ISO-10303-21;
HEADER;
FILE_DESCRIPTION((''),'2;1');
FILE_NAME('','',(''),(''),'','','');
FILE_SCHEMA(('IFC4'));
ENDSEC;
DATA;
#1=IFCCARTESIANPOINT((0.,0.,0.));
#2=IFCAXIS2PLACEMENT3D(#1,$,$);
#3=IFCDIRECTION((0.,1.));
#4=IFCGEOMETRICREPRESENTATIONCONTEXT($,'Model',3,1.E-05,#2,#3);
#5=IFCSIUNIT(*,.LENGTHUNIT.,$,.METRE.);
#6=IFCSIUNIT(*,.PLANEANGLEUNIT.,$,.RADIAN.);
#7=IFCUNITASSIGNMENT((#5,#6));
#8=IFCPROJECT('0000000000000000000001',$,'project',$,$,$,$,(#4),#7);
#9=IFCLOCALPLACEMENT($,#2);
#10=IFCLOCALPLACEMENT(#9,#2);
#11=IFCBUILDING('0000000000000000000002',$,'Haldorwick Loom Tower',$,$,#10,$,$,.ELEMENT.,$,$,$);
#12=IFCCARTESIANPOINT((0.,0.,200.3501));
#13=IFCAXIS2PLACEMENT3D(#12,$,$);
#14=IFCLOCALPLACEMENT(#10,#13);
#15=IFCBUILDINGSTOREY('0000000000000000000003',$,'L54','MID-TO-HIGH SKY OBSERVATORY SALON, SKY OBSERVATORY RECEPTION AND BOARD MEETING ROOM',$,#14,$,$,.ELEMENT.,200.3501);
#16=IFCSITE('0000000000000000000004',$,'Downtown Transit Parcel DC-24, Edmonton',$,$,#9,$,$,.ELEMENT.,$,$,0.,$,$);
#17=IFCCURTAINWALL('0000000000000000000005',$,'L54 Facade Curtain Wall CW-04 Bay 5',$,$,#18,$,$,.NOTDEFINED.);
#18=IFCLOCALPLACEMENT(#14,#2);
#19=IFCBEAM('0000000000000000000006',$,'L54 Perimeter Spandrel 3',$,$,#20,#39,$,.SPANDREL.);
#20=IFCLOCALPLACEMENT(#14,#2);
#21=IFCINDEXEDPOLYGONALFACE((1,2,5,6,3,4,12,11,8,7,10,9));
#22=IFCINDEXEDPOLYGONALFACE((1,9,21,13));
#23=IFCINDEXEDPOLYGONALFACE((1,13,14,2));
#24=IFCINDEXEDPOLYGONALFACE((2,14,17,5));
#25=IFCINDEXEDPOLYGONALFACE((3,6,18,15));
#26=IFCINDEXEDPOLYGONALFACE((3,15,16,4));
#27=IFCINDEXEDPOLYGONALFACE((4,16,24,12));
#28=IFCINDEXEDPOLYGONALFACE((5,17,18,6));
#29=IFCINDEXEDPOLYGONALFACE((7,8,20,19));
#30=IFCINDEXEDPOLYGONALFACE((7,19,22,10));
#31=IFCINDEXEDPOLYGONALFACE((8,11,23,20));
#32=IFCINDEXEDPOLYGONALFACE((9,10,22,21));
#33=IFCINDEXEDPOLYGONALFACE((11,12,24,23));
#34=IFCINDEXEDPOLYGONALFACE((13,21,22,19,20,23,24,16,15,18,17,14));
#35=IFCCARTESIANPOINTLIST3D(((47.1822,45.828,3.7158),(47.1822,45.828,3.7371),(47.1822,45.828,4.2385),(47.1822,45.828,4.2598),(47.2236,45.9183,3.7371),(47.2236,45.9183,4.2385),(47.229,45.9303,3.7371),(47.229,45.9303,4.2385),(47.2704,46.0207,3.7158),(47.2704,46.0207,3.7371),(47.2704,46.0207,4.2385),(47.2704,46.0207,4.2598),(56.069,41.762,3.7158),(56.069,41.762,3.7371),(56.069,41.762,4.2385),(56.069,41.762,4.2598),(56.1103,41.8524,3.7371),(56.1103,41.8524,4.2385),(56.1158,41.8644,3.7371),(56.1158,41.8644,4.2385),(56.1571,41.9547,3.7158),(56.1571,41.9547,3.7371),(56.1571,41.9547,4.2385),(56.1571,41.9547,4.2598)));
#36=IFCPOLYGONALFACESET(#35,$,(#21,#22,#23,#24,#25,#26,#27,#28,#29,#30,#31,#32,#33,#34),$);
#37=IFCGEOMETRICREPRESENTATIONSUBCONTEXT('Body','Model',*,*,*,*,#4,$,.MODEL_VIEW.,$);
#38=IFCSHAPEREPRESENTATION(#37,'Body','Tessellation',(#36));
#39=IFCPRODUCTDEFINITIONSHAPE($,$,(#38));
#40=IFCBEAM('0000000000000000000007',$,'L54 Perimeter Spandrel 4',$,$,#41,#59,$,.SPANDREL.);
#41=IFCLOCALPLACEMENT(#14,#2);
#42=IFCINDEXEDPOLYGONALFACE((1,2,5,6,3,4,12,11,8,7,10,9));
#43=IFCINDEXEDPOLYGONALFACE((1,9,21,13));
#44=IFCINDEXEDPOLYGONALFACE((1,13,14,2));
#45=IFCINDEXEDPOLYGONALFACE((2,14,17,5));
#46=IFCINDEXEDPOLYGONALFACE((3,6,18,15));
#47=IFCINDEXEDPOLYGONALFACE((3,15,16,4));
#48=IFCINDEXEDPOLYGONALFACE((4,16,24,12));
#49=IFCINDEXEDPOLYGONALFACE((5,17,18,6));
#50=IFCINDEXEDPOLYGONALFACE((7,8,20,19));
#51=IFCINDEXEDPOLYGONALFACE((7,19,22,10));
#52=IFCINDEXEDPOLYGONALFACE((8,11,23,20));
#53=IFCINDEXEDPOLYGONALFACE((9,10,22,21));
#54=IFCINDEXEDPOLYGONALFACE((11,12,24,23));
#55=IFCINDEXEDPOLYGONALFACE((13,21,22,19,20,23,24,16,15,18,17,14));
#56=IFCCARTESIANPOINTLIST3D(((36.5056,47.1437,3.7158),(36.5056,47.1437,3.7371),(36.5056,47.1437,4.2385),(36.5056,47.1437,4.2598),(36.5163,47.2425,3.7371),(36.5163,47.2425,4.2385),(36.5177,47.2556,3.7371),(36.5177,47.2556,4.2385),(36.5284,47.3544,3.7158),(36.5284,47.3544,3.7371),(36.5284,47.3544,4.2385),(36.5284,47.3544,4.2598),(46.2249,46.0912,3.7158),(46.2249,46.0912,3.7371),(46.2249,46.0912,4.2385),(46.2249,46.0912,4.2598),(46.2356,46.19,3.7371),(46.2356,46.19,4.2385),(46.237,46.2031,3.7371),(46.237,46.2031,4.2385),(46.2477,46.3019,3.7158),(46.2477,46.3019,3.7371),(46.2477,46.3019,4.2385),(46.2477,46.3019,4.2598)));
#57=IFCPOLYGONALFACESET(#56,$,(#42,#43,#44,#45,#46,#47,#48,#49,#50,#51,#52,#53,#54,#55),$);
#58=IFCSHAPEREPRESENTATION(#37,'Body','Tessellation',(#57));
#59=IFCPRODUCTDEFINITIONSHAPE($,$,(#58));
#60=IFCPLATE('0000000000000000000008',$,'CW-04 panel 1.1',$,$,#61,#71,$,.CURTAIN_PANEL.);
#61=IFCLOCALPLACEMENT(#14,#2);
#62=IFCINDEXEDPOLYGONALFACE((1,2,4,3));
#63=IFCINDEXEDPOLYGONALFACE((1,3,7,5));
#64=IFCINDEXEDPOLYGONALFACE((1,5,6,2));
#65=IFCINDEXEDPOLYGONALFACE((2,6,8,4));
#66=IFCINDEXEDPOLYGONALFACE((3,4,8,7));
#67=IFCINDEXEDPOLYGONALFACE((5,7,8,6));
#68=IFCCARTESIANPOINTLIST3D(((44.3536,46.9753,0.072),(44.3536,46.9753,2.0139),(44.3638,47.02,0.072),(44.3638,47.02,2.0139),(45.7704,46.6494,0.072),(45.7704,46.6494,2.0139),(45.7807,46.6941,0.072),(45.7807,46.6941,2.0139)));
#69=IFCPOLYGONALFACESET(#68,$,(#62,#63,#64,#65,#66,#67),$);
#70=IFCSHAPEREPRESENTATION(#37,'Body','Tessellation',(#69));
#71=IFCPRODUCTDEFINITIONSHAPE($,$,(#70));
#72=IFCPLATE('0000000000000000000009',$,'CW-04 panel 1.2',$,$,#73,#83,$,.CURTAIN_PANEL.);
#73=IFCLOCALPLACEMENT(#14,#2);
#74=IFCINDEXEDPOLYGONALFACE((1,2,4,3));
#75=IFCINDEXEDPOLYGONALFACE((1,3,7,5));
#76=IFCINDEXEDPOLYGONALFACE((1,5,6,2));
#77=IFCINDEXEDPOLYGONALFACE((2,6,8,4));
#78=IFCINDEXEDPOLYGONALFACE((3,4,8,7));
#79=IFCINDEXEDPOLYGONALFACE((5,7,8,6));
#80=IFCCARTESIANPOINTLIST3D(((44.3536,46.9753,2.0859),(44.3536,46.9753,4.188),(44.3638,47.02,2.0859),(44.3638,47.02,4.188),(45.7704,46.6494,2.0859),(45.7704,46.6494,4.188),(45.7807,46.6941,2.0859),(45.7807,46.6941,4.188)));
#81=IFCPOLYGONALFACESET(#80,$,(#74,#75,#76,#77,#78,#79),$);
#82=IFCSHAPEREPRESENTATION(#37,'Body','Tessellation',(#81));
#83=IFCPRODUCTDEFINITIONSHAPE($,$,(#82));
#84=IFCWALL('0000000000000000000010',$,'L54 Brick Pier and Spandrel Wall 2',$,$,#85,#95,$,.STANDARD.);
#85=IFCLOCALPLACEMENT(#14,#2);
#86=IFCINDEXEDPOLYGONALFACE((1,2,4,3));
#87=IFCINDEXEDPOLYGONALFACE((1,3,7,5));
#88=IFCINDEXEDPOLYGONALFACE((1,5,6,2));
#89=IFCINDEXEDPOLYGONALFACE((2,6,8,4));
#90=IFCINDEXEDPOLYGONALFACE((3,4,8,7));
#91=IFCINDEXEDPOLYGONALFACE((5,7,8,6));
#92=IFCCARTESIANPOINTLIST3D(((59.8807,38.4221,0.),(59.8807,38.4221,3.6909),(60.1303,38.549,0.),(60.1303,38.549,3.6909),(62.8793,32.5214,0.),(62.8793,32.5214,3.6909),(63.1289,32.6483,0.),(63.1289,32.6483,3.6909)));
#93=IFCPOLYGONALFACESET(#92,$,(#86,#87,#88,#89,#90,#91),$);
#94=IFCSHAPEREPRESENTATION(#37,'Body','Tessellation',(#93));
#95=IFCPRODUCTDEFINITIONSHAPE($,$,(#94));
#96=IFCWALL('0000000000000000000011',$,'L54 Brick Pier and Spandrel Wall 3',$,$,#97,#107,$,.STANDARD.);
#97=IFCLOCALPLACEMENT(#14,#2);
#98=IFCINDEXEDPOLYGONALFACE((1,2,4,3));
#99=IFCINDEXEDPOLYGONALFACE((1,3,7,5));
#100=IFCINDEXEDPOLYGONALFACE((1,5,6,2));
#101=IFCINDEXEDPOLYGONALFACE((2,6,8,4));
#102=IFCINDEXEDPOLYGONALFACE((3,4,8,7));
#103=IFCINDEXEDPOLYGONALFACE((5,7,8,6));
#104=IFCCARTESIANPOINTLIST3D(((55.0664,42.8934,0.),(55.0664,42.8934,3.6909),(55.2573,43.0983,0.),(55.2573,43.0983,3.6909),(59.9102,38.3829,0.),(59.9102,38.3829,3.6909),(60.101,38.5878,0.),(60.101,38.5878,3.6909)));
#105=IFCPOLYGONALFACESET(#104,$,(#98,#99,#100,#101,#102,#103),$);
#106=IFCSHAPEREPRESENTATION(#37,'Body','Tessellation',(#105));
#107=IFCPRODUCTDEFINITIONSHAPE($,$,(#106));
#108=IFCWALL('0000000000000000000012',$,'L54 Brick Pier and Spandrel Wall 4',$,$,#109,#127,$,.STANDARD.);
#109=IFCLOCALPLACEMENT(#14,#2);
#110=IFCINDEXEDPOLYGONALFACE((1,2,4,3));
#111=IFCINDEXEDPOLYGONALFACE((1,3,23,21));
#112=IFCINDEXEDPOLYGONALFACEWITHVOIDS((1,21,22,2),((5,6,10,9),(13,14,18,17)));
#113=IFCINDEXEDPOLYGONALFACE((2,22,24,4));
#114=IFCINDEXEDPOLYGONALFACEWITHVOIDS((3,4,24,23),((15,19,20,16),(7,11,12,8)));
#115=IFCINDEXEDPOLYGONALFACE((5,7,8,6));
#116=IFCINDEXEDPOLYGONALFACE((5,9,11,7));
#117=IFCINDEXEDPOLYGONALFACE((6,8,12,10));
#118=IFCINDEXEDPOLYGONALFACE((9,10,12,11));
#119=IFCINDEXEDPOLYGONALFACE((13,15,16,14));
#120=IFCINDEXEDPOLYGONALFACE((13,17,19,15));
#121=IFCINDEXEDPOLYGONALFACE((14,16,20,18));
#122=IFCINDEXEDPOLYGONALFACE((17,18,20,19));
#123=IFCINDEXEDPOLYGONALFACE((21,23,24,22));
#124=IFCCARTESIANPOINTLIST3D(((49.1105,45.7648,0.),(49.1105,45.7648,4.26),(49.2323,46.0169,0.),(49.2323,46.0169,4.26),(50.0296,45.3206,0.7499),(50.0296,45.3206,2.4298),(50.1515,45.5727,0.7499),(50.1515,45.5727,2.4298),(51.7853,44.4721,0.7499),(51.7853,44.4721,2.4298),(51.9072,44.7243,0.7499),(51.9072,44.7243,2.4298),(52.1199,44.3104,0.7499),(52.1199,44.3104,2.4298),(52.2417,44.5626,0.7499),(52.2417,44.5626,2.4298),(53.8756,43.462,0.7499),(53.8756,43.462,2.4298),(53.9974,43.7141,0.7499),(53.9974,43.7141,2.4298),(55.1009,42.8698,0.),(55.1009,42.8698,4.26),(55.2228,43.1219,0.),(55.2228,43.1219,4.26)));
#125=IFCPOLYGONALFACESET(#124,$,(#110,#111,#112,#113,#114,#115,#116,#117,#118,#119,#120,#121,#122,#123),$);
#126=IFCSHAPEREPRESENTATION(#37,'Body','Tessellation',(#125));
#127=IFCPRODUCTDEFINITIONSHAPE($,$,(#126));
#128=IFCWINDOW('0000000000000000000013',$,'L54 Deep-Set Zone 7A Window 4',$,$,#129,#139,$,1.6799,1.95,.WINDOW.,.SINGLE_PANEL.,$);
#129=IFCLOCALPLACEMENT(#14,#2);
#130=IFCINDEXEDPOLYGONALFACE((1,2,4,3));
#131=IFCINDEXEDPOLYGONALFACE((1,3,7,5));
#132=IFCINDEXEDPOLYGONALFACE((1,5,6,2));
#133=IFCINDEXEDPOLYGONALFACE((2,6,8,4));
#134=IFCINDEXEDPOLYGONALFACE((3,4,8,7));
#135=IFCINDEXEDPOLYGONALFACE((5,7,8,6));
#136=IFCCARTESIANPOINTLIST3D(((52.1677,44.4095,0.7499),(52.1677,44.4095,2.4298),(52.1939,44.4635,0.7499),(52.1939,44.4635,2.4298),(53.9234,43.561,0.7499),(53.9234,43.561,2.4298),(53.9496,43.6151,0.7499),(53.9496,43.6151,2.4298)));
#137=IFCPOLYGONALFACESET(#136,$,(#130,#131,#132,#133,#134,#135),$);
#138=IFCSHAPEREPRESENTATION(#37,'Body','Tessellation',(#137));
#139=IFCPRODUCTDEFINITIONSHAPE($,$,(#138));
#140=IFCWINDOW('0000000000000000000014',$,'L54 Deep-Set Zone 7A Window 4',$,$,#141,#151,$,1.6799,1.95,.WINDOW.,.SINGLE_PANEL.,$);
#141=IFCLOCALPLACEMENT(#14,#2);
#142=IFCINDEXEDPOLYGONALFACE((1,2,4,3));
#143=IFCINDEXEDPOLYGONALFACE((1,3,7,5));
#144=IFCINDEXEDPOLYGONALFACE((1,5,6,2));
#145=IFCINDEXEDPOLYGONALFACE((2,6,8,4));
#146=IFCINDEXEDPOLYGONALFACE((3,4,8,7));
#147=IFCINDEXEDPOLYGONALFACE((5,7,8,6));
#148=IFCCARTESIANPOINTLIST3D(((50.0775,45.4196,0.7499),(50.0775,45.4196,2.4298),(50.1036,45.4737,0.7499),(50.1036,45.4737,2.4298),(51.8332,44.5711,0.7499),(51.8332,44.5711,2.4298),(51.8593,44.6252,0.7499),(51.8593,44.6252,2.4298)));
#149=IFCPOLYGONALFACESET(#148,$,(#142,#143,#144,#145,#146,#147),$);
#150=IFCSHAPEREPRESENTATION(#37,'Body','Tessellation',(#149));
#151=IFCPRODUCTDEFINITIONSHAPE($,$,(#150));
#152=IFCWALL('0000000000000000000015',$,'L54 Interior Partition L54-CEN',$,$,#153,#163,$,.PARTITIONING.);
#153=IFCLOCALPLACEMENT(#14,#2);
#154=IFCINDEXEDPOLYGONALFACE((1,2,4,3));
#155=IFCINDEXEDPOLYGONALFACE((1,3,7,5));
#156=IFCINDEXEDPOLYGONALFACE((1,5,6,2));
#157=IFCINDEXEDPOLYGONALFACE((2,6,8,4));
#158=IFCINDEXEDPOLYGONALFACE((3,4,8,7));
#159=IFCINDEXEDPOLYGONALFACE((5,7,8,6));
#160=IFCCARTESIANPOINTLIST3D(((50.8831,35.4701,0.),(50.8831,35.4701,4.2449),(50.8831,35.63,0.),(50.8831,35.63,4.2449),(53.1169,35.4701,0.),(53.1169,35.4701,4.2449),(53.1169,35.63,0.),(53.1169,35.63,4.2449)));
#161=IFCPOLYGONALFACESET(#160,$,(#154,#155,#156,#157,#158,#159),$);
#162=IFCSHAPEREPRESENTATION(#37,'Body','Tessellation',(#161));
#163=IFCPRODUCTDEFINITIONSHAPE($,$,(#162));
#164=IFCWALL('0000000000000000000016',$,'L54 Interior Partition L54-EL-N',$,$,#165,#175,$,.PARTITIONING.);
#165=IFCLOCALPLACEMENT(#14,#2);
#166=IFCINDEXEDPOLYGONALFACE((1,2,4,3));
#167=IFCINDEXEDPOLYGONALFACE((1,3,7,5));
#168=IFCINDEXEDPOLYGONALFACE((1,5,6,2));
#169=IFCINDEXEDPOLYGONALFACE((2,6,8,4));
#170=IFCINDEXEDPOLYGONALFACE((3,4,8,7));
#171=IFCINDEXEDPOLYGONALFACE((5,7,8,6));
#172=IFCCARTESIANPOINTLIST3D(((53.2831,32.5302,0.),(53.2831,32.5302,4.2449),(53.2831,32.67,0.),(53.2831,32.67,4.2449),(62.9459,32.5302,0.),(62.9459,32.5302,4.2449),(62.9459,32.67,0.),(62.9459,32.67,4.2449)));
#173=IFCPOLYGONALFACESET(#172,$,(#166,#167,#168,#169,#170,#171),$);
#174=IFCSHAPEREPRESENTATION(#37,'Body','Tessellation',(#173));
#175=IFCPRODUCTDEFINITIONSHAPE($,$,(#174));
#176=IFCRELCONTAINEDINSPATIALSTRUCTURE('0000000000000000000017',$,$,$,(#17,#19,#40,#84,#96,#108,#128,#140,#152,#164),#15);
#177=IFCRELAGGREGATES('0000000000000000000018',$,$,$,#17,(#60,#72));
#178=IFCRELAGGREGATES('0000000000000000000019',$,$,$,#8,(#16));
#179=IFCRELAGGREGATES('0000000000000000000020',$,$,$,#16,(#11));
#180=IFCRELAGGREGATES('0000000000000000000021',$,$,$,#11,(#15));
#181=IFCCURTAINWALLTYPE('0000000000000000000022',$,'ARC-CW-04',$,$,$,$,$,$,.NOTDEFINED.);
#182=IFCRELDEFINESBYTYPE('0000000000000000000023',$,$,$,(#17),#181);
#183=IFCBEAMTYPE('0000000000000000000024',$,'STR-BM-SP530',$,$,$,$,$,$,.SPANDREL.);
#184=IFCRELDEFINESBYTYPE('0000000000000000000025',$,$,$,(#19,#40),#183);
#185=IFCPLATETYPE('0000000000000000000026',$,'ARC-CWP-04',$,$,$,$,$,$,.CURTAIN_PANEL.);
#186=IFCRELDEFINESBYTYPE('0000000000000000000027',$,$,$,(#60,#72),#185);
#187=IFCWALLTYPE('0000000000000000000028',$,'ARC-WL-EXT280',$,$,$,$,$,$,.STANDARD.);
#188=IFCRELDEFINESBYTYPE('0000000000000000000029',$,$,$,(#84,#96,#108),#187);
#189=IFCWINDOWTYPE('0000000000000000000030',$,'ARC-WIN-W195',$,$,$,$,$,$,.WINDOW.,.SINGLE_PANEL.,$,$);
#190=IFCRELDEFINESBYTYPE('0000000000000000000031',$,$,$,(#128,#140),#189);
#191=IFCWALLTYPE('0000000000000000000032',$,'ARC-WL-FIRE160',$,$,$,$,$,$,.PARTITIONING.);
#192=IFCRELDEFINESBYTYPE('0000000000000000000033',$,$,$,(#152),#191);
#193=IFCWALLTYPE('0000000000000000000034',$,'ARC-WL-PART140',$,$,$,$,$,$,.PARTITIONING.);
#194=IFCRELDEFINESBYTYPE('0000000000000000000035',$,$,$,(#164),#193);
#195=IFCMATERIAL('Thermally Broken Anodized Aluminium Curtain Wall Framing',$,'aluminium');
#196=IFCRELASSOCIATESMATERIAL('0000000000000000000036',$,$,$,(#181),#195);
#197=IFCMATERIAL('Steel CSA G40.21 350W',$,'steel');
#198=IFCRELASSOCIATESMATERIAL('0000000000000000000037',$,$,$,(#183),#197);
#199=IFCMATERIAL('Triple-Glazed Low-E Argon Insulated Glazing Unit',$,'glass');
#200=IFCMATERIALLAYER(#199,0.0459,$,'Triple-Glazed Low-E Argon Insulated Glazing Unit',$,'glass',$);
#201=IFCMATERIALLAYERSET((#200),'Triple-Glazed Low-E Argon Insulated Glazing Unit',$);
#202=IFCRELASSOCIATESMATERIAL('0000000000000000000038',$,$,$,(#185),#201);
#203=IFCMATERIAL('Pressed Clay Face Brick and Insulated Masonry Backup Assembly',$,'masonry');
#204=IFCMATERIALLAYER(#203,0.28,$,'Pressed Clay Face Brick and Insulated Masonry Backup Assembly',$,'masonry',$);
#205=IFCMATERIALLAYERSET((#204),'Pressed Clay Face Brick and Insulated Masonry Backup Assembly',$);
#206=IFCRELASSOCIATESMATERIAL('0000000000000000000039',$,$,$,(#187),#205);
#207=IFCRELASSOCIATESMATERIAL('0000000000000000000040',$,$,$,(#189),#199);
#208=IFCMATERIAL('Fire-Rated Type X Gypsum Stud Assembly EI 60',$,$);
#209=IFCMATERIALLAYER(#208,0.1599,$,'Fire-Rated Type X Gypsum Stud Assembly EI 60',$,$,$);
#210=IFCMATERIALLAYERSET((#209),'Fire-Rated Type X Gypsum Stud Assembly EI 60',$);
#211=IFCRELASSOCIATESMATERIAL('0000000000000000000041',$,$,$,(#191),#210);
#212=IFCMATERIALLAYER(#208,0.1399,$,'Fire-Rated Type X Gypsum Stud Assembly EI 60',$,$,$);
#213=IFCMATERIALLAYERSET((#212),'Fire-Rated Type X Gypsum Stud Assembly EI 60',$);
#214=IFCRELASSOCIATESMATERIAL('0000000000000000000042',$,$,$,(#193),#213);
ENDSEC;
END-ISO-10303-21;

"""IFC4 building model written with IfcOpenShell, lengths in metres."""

from ifc_helpers import new_model, si_unit, direction, frame, frame_2d, origin, origin_2d, place, context, subcontext, project, spatial, rectangle, i_section, extrude, material, layer, layer_set, material_profile, profile_set, type_object, element, fill, aggregate, save


model = new_model("IFC4")

# Units and contexts
model_context = context("Model", 3, precision=1e-05, world=origin(), true_north=direction((0.0, 1.0)))
body_context = subcontext(model_context, "Body", "Model", "MODEL_VIEW")
ifc_project = project(units=[si_unit("LENGTHUNIT", "METRE"), si_unit("PLANEANGLEUNIT", "RADIAN")], contexts=[model_context])

# Site, building, storey
site_placement = place(None, origin())
site = spatial("IfcSite", under=ifc_project, at=site_placement, Name="Downtown Transit Parcel DC-24, Edmonton", CompositionType="ELEMENT", RefElevation=0.0)
building_placement = place(site_placement, origin())
building = spatial("IfcBuilding", under=site, at=building_placement, Name="Haldorwick Loom Tower", CompositionType="ELEMENT")
storey_placement = place(building_placement, frame((0.0, 0.0, 200.3501)))
storey = spatial("IfcBuildingStorey", under=building, at=storey_placement, Name="L54", Description="MID-TO-HIGH SKY OBSERVATORY SALON, SKY OBSERVATORY RECEPTION AND BOARD MEETING ROOM", CompositionType="ELEMENT", Elevation=200.3501)

# Shared definitions
ifc_material_1 = material(Name="Steel CSA G40.21 350W", Category="steel")

# Curtain wall
ifc_material_2 = material(Name="Thermally Broken Anodized Aluminium Curtain Wall Framing", Category="aluminium")
curtain_wall_type = type_object("IfcCurtainWallType", Name="ARC-CW-04", PredefinedType="NOTDEFINED", material=ifc_material_2)
curtain_wall_placement = place(storey_placement, origin())
curtain_wall = element("IfcCurtainWall", 1, at=curtain_wall_placement, inside=storey, type_object=curtain_wall_type, Name="L54 Facade Curtain Wall CW-04 Bay 5", PredefinedType="NOTDEFINED")

# Beams
ifc_material_profile_1 = material_profile(ifc_material_1, i_section(OverallWidth=0.2119, OverallDepth=0.5439, WebThickness=0.0132, FlangeThickness=0.0212, at=origin_2d()), Name="W530X123", Category="steel")
ifc_profile_set_1 = profile_set([ifc_material_profile_1], Name="Steel CSA G40.21 350W")
beam_type_1 = type_object("IfcBeamType", Name="STR-BM-SP530", PredefinedType="SPANDREL", material=ifc_profile_set_1)
beam_1_placement = place(storey_placement, frame((56.113, 41.8584, 3.9878), z_axis=(-0.909342, 0.416049, 0.0), x_axis=(-0.416049, -0.909342, 0.0)))
element("IfcBeam", 2, at=beam_1_placement, inside=storey, type_object=beam_type_1, Name="L54 Perimeter Spandrel 3", PredefinedType="SPANDREL", context=body_context, shape_type="SweptSolid", body=[
    extrude(i_section(OverallWidth=0.2119, OverallDepth=0.5439, WebThickness=0.0132, FlangeThickness=0.0212, at=origin_2d()), origin(), (0.0, 0.0, 1.0), 9.7727),
])
beam_2_placement = place(storey_placement, frame((46.2363, 46.1965, 3.9878), z_axis=(-0.994188, 0.10766, 0.0), x_axis=(-0.10766, -0.994188, 0.0)))
element("IfcBeam", 3, at=beam_2_placement, inside=storey, type_object=beam_type_1, Name="L54 Perimeter Spandrel 4", PredefinedType="SPANDREL", context=body_context, shape_type="SweptSolid", body=[
    extrude(i_section(OverallWidth=0.2119, OverallDepth=0.5439, WebThickness=0.0132, FlangeThickness=0.0212, at=origin_2d()), origin(), (0.0, 0.0, 1.0), 9.7761),
])

# Plates
ifc_material_3 = material(Name="Triple-Glazed Low-E Argon Insulated Glazing Unit", Category="glass")
ifc_layer_1 = layer(ifc_material_3, 0.0459, Name="Triple-Glazed Low-E Argon Insulated Glazing Unit", Category="glass")
ifc_layer_set_1 = layer_set([ifc_layer_1], Name="Triple-Glazed Low-E Argon Insulated Glazing Unit")
plate_type = type_object("IfcPlateType", Name="ARC-CWP-04", PredefinedType="CURTAIN_PANEL", material=ifc_layer_set_1)
plate_1_placement = place(storey_placement, frame((45.0671, 46.8347, 0.072), z_axis=(0.0, 0.0, 1.0), x_axis=(-0.974557, 0.224142, 0.0)))
plate_1 = element("IfcPlate", 4, at=plate_1_placement, type_object=plate_type, Name="CW-04 panel 1.1", PredefinedType="CURTAIN_PANEL", context=body_context, shape_type="SweptSolid", body=[
    extrude(rectangle(XDim=1.4539, YDim=0.0459, at=origin_2d()), origin(), (0.0, 0.0, 1.0), 1.9419),
])
plate_2_placement = place(storey_placement, frame((45.0671, 46.8347, 2.0859), z_axis=(0.0, 0.0, 1.0), x_axis=(-0.974557, 0.224142, 0.0)))
plate_2 = element("IfcPlate", 5, at=plate_2_placement, type_object=plate_type, Name="CW-04 panel 1.2", PredefinedType="CURTAIN_PANEL", context=body_context, shape_type="SweptSolid", body=[
    extrude(rectangle(XDim=1.4539, YDim=0.0459, at=origin_2d()), origin(), (0.0, 0.0, 1.0), 2.1021),
])
aggregate(curtain_wall, [plate_1, plate_2])

# Walls
ifc_material_4 = material(Name="Pressed Clay Face Brick and Insulated Masonry Backup Assembly", Category="masonry")
ifc_layer_2 = layer(ifc_material_4, 0.28, Name="Pressed Clay Face Brick and Insulated Masonry Backup Assembly", Category="masonry")
ifc_layer_set_2 = layer_set([ifc_layer_2], Name="Pressed Clay Face Brick and Insulated Masonry Backup Assembly")
wall_type_1 = type_object("IfcWallType", Name="ARC-WL-EXT280", PredefinedType="STANDARD", material=ifc_layer_set_2)
wall_1_placement = place(storey_placement, frame((63.0042, 32.5847, 0.0), z_axis=(0.0, 0.0, 1.0), x_axis=(-0.453032, 0.891494, 0.0)))
element("IfcWall", 6, at=wall_1_placement, inside=storey, type_object=wall_type_1, Name="L54 Brick Pier and Spandrel Wall 2", PredefinedType="STANDARD", context=body_context, shape_type="SweptSolid", body=[
    extrude(rectangle(XDim=6.6189, YDim=0.28, at=frame_2d((3.3096, 0.0))), origin(), (0.0, 0.0, 1.0), 3.6909),
])
wall_2_placement = place(storey_placement, frame((60.0056, 38.4854, 0.0), z_axis=(0.0, 0.0, 1.0), x_axis=(-0.731834, 0.681483, 0.0)))
element("IfcWall", 7, at=wall_2_placement, inside=storey, type_object=wall_type_1, Name="L54 Brick Pier and Spandrel Wall 3", PredefinedType="STANDARD", context=body_context, shape_type="SweptSolid", body=[
    extrude(rectangle(XDim=6.6187, YDim=0.28, at=frame_2d((3.3093, 0.0))), origin(), (0.0, 0.0, 1.0), 3.6909),
])

# Wall, openings, windows
wall_3_placement = place(storey_placement, frame((55.1619, 42.9958, 0.0), z_axis=(0.0, 0.0, 1.0), x_axis=(-0.900371, 0.435123, 0.0)))
wall_3 = element("IfcWall", 8, at=wall_3_placement, inside=storey, type_object=wall_type_1, Name="L54 Brick Pier and Spandrel Wall 4", PredefinedType="STANDARD", context=body_context, shape_type="SweptSolid", body=[
    extrude(rectangle(XDim=6.6533, YDim=0.28, at=frame_2d((3.3267, 0.0))), origin(), (0.0, 0.0, 1.0), 4.26),
])
opening_1_placement = place(wall_3_placement, frame((1.3608, 0.0, 0.75)))
opening_1 = element("IfcOpeningElement", 9, at=opening_1_placement, cuts=wall_3, PredefinedType="OPENING", context=body_context, shape_type="SweptSolid", body=[
    extrude(rectangle(XDim=1.95, YDim=1.6799, at=frame_2d((0.9751, 0.8398))), frame((0.0, 0.1499, 0.0), z_axis=(0.0, -1.0, 0.0), x_axis=(1.0, 0.0, 0.0)), (0.0, 0.0, 1.0), 0.3),
])
opening_2_placement = place(wall_3_placement, frame((3.6824, 0.0, 0.75)))
opening_2 = element("IfcOpeningElement", 10, at=opening_2_placement, cuts=wall_3, PredefinedType="OPENING", context=body_context, shape_type="SweptSolid", body=[
    extrude(rectangle(XDim=1.95, YDim=1.6799, at=frame_2d((0.9751, 0.8398))), frame((0.0, 0.1499, 0.0), z_axis=(0.0, -1.0, 0.0), x_axis=(1.0, 0.0, 0.0)), (0.0, 0.0, 1.0), 0.3),
])
window_type = type_object("IfcWindowType", Name="ARC-WIN-W195", PartitioningType="SINGLE_PANEL", PredefinedType="WINDOW", material=ifc_material_3)
window_1_placement = place(opening_1_placement, origin())
window_1 = element("IfcWindow", 11, at=window_1_placement, inside=storey, type_object=window_type, Name="L54 Deep-Set Zone 7A Window 4", OverallHeight=1.6799, OverallWidth=1.95, PartitioningType="SINGLE_PANEL", PredefinedType="WINDOW", context=body_context, shape_type="SweptSolid", body=[
    extrude(rectangle(XDim=1.95, YDim=1.6799, at=frame_2d((0.9751, 0.8398))), frame((0.0, 0.03, 0.0), z_axis=(0.0, -1.0, 0.0), x_axis=(1.0, 0.0, 0.0)), (0.0, 0.0, 1.0), 0.0601),
])
fill(opening_1, window_1)
window_2_placement = place(opening_2_placement, origin())
window_2 = element("IfcWindow", 12, at=window_2_placement, inside=storey, type_object=window_type, Name="L54 Deep-Set Zone 7A Window 4", OverallHeight=1.6799, OverallWidth=1.95, PartitioningType="SINGLE_PANEL", PredefinedType="WINDOW", context=body_context, shape_type="SweptSolid", body=[
    extrude(rectangle(XDim=1.95, YDim=1.6799, at=frame_2d((0.9751, 0.8398))), frame((0.0, 0.03, 0.0), z_axis=(0.0, -1.0, 0.0), x_axis=(1.0, 0.0, 0.0)), (0.0, 0.0, 1.0), 0.0601),
])
fill(opening_2, window_2)

# Walls
ifc_material_5 = material(Name="Fire-Rated Type X Gypsum Stud Assembly EI 60")
ifc_layer_3 = layer(ifc_material_5, 0.1599, Name="Fire-Rated Type X Gypsum Stud Assembly EI 60")
ifc_layer_set_3 = layer_set([ifc_layer_3], Name="Fire-Rated Type X Gypsum Stud Assembly EI 60")
wall_type_2 = type_object("IfcWallType", Name="ARC-WL-FIRE160", PredefinedType="PARTITIONING", material=ifc_layer_set_3)
wall_4_placement = place(storey_placement, frame((50.8831, 35.55, 0.0), z_axis=(0.0, 0.0, 1.0), x_axis=(1.0, 0.0, 0.0)))
element("IfcWall", 13, at=wall_4_placement, inside=storey, type_object=wall_type_2, Name="L54 Interior Partition L54-CEN", PredefinedType="PARTITIONING", context=body_context, shape_type="SweptSolid", body=[
    extrude(rectangle(XDim=2.2339, YDim=0.1599, at=frame_2d((1.1169, 0.0))), origin(), (0.0, 0.0, 1.0), 4.2449),
])
ifc_layer_4 = layer(ifc_material_5, 0.1399, Name="Fire-Rated Type X Gypsum Stud Assembly EI 60")
ifc_layer_set_4 = layer_set([ifc_layer_4], Name="Fire-Rated Type X Gypsum Stud Assembly EI 60")
wall_type_3 = type_object("IfcWallType", Name="ARC-WL-PART140", PredefinedType="PARTITIONING", material=ifc_layer_set_4)
wall_5_placement = place(storey_placement, frame((53.283, 32.6001, 0.0), z_axis=(0.0, 0.0, 1.0), x_axis=(1.0, 0.0, 0.0)))
element("IfcWall", 14, at=wall_5_placement, inside=storey, type_object=wall_type_3, Name="L54 Interior Partition L54-EL-N", PredefinedType="PARTITIONING", context=body_context, shape_type="SweptSolid", body=[
    extrude(rectangle(XDim=9.6628, YDim=0.1399, at=frame_2d((4.8315, 0.0))), origin(), (0.0, 0.0, 1.0), 4.2449),
])

save(model, "model.ifc")
